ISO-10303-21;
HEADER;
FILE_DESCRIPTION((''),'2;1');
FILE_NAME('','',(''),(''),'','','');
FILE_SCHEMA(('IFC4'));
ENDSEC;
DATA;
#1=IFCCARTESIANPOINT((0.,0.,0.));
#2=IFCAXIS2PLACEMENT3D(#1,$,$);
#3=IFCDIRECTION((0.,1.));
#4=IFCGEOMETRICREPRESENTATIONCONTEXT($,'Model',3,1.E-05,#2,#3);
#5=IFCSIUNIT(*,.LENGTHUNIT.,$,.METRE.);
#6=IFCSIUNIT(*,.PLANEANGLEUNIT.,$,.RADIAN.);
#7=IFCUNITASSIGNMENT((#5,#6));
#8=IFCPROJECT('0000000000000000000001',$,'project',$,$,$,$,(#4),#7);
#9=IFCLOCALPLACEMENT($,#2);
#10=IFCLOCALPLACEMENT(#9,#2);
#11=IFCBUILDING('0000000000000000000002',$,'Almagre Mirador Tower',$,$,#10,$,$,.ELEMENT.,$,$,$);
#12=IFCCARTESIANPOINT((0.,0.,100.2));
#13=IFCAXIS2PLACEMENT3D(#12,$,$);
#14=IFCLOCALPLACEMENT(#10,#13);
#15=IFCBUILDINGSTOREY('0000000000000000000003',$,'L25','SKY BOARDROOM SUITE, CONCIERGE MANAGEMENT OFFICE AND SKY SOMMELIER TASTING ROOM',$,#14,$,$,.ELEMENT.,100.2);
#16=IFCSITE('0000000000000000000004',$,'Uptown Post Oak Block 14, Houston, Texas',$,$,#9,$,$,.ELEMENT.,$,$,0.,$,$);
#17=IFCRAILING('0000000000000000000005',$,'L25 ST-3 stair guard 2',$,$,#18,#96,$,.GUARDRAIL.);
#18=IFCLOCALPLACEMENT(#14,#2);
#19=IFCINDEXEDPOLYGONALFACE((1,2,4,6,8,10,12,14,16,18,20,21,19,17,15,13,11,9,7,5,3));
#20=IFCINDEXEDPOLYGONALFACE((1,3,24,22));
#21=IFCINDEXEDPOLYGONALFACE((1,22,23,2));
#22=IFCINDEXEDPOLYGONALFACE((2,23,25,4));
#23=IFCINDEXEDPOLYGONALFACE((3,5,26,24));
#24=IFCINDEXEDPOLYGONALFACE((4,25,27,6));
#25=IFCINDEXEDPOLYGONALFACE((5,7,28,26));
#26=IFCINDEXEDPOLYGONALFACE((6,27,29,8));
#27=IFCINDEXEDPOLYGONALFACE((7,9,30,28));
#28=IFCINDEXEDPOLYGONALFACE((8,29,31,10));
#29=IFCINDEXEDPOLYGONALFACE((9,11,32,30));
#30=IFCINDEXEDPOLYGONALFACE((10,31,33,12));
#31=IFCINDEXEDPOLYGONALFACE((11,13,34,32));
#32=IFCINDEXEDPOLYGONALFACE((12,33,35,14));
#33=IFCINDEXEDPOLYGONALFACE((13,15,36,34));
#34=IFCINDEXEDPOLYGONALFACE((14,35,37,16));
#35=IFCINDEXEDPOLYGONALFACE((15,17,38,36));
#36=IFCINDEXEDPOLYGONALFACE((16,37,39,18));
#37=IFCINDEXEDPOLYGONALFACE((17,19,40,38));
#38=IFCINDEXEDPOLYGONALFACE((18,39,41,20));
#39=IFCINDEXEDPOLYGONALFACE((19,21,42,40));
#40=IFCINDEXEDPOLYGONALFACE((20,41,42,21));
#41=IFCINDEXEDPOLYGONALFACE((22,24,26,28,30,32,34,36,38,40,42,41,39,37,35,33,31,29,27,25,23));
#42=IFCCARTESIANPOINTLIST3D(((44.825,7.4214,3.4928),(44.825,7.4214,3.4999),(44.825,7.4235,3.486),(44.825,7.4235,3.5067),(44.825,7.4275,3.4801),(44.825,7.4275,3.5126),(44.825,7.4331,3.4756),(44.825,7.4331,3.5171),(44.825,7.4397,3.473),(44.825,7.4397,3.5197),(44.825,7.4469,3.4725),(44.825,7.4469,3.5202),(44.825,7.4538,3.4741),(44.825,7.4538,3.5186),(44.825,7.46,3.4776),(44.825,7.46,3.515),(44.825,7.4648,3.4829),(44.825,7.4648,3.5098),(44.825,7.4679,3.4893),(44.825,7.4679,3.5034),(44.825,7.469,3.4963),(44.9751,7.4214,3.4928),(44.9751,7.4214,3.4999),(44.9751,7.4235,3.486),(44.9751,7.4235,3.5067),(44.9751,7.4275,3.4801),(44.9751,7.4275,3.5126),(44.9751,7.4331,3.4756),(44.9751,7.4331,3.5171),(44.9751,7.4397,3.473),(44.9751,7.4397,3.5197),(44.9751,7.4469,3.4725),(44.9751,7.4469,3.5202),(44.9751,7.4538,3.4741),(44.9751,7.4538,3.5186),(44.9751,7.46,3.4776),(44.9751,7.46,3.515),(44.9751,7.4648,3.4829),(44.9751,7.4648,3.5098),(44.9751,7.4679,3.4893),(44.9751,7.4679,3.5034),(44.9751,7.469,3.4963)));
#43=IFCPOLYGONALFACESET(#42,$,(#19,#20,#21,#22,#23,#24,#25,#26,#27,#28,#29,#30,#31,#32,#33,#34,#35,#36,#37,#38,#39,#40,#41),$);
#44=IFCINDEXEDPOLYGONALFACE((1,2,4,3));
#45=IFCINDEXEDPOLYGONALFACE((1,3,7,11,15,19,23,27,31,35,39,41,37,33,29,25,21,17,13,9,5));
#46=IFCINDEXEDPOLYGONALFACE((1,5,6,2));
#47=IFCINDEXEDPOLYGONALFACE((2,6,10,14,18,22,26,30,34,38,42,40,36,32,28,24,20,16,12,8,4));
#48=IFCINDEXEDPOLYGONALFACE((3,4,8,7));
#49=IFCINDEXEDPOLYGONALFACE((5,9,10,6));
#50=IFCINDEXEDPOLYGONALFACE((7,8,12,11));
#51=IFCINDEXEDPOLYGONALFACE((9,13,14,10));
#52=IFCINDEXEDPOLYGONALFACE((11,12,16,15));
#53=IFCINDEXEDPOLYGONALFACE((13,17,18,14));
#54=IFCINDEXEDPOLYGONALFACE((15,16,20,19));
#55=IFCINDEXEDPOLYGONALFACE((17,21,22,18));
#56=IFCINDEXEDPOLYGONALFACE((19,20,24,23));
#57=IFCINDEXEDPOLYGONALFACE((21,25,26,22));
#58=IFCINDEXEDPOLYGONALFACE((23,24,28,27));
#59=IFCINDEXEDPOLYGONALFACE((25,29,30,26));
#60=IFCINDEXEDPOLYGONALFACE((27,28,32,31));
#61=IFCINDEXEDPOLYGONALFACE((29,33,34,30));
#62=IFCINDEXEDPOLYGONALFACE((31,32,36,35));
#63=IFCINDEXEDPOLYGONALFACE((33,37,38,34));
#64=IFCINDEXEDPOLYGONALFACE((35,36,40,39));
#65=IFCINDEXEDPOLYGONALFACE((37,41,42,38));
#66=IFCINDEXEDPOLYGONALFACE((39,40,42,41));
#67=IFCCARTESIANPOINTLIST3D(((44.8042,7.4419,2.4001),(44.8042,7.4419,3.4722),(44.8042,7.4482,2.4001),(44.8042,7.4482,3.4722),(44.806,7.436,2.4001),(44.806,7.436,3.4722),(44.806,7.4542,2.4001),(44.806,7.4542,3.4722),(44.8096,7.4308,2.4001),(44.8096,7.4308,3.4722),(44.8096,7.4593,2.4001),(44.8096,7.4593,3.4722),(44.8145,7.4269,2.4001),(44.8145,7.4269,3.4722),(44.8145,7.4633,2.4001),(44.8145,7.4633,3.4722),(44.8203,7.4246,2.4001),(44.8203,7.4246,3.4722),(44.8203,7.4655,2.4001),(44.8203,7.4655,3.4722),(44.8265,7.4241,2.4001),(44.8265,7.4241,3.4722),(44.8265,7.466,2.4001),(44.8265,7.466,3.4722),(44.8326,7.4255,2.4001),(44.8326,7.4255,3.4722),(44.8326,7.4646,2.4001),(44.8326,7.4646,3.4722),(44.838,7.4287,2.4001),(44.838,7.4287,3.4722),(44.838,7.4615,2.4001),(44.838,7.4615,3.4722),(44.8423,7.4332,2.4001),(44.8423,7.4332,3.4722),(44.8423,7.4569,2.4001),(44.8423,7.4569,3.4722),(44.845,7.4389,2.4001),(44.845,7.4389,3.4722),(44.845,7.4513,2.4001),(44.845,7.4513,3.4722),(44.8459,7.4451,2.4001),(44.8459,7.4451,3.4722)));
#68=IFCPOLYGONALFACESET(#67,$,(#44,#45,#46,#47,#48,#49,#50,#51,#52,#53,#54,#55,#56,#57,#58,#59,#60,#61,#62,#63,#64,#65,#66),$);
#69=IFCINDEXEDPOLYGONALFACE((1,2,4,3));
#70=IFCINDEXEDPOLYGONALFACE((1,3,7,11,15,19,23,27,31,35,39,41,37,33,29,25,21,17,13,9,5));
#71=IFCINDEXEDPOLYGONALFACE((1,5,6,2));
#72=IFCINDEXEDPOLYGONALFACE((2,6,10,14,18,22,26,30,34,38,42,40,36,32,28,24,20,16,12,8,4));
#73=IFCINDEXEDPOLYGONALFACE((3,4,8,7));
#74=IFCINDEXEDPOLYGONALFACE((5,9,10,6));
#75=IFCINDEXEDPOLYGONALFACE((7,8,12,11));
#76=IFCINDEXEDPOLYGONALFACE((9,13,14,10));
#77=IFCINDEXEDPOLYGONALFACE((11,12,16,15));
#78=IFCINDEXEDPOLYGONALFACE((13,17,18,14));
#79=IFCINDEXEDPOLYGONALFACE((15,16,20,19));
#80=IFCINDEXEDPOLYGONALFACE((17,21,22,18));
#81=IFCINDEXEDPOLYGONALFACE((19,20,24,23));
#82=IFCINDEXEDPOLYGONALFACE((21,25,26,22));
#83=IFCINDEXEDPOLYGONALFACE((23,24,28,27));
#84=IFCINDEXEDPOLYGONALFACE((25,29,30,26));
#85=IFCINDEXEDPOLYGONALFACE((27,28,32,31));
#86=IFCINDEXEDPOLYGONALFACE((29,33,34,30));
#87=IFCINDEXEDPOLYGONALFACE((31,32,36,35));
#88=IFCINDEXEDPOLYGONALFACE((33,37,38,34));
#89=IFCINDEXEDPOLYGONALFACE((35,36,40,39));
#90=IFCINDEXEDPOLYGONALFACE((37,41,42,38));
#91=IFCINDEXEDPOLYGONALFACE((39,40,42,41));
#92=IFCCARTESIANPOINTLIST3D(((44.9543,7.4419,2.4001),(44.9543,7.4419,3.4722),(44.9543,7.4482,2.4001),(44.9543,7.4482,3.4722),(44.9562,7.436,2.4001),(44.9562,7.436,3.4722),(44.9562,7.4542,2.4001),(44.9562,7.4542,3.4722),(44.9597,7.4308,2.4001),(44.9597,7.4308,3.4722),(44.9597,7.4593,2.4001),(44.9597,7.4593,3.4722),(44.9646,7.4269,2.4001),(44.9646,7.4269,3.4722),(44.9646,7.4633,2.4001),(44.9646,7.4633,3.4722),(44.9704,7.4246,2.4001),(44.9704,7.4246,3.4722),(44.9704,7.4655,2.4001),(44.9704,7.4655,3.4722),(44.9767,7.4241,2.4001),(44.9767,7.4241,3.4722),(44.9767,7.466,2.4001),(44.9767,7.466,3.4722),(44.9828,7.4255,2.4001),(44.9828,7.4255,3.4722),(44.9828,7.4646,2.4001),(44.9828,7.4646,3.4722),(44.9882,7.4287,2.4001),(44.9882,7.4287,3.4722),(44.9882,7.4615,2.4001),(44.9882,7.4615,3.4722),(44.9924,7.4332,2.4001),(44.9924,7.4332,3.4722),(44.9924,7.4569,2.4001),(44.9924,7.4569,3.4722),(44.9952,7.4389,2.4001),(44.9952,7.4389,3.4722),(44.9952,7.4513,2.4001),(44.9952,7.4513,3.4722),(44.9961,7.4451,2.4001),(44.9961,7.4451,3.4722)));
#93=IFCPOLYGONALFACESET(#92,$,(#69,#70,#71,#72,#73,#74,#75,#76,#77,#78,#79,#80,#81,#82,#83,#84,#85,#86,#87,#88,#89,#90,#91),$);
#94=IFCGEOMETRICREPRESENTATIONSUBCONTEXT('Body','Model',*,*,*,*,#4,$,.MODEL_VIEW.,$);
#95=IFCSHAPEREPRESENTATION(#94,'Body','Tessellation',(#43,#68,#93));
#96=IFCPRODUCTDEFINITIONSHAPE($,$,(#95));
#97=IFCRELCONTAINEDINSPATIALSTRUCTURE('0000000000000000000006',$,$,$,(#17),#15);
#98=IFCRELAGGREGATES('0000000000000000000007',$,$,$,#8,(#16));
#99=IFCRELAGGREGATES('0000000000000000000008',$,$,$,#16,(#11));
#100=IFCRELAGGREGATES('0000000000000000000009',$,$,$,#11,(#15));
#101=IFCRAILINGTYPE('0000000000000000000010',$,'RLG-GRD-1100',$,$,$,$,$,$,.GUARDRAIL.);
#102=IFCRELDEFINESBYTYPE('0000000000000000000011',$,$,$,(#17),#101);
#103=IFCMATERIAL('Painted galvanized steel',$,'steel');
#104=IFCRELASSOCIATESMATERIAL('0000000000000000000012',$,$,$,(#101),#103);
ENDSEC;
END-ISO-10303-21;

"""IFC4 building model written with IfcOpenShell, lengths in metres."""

from ifc_helpers import new_model, si_unit, direction, frame, origin, origin_2d, place, context, subcontext, project, spatial, circle, extrude, material, type_object, element, save


model = new_model("IFC4")

# Units and contexts
model_context = context("Model", 3, precision=1e-05, world=origin(), true_north=direction((0.0, 1.0)))
body_context = subcontext(model_context, "Body", "Model", "MODEL_VIEW")
ifc_project = project(units=[si_unit("LENGTHUNIT", "METRE"), si_unit("PLANEANGLEUNIT", "RADIAN")], contexts=[model_context])

# Site, building, storey
site_placement = place(None, origin())
site = spatial("IfcSite", under=ifc_project, at=site_placement, Name="Uptown Post Oak Block 14, Houston, Texas", CompositionType="ELEMENT", RefElevation=0.0)
building_placement = place(site_placement, origin())
building = spatial("IfcBuilding", under=site, at=building_placement, Name="Almagre Mirador Tower", CompositionType="ELEMENT")
storey_placement = place(building_placement, frame((0.0, 0.0, 100.2)))
storey = spatial("IfcBuildingStorey", under=building, at=storey_placement, Name="L25", Description="SKY BOARDROOM SUITE, CONCIERGE MANAGEMENT OFFICE AND SKY SOMMELIER TASTING ROOM", CompositionType="ELEMENT", Elevation=100.2)

# Railing
ifc_material_1 = material(Name="Painted galvanized steel", Category="steel")
railing_type = type_object("IfcRailingType", Name="RLG-GRD-1100", PredefinedType="GUARDRAIL", material=ifc_material_1)
railing_1_placement = place(storey_placement, frame((44.825, 7.4451, 2.4001)))
element("IfcRailing", 1, at=railing_1_placement, inside=storey, type_object=railing_type, Name="L25 ST-3 stair guard 2", PredefinedType="GUARDRAIL", context=body_context, shape_type="SweptSolid", body=[
    extrude(circle(Radius=0.0239, at=origin_2d()), frame((0.0, 0.0, 1.0962), z_axis=(1.0, 0.0, 0.0), x_axis=(0.0, 1.0, 0.0)), (0.0, 0.0, 1.0), 0.1501),
    extrude(circle(Radius=0.021, at=origin_2d()), origin(), (0.0, 0.0, 1.0), 1.072),
    extrude(circle(Radius=0.021, at=origin_2d()), frame((0.1501, 0.0, 0.0)), (0.0, 0.0, 1.0), 1.072),
])

save(model, "model.ifc")
